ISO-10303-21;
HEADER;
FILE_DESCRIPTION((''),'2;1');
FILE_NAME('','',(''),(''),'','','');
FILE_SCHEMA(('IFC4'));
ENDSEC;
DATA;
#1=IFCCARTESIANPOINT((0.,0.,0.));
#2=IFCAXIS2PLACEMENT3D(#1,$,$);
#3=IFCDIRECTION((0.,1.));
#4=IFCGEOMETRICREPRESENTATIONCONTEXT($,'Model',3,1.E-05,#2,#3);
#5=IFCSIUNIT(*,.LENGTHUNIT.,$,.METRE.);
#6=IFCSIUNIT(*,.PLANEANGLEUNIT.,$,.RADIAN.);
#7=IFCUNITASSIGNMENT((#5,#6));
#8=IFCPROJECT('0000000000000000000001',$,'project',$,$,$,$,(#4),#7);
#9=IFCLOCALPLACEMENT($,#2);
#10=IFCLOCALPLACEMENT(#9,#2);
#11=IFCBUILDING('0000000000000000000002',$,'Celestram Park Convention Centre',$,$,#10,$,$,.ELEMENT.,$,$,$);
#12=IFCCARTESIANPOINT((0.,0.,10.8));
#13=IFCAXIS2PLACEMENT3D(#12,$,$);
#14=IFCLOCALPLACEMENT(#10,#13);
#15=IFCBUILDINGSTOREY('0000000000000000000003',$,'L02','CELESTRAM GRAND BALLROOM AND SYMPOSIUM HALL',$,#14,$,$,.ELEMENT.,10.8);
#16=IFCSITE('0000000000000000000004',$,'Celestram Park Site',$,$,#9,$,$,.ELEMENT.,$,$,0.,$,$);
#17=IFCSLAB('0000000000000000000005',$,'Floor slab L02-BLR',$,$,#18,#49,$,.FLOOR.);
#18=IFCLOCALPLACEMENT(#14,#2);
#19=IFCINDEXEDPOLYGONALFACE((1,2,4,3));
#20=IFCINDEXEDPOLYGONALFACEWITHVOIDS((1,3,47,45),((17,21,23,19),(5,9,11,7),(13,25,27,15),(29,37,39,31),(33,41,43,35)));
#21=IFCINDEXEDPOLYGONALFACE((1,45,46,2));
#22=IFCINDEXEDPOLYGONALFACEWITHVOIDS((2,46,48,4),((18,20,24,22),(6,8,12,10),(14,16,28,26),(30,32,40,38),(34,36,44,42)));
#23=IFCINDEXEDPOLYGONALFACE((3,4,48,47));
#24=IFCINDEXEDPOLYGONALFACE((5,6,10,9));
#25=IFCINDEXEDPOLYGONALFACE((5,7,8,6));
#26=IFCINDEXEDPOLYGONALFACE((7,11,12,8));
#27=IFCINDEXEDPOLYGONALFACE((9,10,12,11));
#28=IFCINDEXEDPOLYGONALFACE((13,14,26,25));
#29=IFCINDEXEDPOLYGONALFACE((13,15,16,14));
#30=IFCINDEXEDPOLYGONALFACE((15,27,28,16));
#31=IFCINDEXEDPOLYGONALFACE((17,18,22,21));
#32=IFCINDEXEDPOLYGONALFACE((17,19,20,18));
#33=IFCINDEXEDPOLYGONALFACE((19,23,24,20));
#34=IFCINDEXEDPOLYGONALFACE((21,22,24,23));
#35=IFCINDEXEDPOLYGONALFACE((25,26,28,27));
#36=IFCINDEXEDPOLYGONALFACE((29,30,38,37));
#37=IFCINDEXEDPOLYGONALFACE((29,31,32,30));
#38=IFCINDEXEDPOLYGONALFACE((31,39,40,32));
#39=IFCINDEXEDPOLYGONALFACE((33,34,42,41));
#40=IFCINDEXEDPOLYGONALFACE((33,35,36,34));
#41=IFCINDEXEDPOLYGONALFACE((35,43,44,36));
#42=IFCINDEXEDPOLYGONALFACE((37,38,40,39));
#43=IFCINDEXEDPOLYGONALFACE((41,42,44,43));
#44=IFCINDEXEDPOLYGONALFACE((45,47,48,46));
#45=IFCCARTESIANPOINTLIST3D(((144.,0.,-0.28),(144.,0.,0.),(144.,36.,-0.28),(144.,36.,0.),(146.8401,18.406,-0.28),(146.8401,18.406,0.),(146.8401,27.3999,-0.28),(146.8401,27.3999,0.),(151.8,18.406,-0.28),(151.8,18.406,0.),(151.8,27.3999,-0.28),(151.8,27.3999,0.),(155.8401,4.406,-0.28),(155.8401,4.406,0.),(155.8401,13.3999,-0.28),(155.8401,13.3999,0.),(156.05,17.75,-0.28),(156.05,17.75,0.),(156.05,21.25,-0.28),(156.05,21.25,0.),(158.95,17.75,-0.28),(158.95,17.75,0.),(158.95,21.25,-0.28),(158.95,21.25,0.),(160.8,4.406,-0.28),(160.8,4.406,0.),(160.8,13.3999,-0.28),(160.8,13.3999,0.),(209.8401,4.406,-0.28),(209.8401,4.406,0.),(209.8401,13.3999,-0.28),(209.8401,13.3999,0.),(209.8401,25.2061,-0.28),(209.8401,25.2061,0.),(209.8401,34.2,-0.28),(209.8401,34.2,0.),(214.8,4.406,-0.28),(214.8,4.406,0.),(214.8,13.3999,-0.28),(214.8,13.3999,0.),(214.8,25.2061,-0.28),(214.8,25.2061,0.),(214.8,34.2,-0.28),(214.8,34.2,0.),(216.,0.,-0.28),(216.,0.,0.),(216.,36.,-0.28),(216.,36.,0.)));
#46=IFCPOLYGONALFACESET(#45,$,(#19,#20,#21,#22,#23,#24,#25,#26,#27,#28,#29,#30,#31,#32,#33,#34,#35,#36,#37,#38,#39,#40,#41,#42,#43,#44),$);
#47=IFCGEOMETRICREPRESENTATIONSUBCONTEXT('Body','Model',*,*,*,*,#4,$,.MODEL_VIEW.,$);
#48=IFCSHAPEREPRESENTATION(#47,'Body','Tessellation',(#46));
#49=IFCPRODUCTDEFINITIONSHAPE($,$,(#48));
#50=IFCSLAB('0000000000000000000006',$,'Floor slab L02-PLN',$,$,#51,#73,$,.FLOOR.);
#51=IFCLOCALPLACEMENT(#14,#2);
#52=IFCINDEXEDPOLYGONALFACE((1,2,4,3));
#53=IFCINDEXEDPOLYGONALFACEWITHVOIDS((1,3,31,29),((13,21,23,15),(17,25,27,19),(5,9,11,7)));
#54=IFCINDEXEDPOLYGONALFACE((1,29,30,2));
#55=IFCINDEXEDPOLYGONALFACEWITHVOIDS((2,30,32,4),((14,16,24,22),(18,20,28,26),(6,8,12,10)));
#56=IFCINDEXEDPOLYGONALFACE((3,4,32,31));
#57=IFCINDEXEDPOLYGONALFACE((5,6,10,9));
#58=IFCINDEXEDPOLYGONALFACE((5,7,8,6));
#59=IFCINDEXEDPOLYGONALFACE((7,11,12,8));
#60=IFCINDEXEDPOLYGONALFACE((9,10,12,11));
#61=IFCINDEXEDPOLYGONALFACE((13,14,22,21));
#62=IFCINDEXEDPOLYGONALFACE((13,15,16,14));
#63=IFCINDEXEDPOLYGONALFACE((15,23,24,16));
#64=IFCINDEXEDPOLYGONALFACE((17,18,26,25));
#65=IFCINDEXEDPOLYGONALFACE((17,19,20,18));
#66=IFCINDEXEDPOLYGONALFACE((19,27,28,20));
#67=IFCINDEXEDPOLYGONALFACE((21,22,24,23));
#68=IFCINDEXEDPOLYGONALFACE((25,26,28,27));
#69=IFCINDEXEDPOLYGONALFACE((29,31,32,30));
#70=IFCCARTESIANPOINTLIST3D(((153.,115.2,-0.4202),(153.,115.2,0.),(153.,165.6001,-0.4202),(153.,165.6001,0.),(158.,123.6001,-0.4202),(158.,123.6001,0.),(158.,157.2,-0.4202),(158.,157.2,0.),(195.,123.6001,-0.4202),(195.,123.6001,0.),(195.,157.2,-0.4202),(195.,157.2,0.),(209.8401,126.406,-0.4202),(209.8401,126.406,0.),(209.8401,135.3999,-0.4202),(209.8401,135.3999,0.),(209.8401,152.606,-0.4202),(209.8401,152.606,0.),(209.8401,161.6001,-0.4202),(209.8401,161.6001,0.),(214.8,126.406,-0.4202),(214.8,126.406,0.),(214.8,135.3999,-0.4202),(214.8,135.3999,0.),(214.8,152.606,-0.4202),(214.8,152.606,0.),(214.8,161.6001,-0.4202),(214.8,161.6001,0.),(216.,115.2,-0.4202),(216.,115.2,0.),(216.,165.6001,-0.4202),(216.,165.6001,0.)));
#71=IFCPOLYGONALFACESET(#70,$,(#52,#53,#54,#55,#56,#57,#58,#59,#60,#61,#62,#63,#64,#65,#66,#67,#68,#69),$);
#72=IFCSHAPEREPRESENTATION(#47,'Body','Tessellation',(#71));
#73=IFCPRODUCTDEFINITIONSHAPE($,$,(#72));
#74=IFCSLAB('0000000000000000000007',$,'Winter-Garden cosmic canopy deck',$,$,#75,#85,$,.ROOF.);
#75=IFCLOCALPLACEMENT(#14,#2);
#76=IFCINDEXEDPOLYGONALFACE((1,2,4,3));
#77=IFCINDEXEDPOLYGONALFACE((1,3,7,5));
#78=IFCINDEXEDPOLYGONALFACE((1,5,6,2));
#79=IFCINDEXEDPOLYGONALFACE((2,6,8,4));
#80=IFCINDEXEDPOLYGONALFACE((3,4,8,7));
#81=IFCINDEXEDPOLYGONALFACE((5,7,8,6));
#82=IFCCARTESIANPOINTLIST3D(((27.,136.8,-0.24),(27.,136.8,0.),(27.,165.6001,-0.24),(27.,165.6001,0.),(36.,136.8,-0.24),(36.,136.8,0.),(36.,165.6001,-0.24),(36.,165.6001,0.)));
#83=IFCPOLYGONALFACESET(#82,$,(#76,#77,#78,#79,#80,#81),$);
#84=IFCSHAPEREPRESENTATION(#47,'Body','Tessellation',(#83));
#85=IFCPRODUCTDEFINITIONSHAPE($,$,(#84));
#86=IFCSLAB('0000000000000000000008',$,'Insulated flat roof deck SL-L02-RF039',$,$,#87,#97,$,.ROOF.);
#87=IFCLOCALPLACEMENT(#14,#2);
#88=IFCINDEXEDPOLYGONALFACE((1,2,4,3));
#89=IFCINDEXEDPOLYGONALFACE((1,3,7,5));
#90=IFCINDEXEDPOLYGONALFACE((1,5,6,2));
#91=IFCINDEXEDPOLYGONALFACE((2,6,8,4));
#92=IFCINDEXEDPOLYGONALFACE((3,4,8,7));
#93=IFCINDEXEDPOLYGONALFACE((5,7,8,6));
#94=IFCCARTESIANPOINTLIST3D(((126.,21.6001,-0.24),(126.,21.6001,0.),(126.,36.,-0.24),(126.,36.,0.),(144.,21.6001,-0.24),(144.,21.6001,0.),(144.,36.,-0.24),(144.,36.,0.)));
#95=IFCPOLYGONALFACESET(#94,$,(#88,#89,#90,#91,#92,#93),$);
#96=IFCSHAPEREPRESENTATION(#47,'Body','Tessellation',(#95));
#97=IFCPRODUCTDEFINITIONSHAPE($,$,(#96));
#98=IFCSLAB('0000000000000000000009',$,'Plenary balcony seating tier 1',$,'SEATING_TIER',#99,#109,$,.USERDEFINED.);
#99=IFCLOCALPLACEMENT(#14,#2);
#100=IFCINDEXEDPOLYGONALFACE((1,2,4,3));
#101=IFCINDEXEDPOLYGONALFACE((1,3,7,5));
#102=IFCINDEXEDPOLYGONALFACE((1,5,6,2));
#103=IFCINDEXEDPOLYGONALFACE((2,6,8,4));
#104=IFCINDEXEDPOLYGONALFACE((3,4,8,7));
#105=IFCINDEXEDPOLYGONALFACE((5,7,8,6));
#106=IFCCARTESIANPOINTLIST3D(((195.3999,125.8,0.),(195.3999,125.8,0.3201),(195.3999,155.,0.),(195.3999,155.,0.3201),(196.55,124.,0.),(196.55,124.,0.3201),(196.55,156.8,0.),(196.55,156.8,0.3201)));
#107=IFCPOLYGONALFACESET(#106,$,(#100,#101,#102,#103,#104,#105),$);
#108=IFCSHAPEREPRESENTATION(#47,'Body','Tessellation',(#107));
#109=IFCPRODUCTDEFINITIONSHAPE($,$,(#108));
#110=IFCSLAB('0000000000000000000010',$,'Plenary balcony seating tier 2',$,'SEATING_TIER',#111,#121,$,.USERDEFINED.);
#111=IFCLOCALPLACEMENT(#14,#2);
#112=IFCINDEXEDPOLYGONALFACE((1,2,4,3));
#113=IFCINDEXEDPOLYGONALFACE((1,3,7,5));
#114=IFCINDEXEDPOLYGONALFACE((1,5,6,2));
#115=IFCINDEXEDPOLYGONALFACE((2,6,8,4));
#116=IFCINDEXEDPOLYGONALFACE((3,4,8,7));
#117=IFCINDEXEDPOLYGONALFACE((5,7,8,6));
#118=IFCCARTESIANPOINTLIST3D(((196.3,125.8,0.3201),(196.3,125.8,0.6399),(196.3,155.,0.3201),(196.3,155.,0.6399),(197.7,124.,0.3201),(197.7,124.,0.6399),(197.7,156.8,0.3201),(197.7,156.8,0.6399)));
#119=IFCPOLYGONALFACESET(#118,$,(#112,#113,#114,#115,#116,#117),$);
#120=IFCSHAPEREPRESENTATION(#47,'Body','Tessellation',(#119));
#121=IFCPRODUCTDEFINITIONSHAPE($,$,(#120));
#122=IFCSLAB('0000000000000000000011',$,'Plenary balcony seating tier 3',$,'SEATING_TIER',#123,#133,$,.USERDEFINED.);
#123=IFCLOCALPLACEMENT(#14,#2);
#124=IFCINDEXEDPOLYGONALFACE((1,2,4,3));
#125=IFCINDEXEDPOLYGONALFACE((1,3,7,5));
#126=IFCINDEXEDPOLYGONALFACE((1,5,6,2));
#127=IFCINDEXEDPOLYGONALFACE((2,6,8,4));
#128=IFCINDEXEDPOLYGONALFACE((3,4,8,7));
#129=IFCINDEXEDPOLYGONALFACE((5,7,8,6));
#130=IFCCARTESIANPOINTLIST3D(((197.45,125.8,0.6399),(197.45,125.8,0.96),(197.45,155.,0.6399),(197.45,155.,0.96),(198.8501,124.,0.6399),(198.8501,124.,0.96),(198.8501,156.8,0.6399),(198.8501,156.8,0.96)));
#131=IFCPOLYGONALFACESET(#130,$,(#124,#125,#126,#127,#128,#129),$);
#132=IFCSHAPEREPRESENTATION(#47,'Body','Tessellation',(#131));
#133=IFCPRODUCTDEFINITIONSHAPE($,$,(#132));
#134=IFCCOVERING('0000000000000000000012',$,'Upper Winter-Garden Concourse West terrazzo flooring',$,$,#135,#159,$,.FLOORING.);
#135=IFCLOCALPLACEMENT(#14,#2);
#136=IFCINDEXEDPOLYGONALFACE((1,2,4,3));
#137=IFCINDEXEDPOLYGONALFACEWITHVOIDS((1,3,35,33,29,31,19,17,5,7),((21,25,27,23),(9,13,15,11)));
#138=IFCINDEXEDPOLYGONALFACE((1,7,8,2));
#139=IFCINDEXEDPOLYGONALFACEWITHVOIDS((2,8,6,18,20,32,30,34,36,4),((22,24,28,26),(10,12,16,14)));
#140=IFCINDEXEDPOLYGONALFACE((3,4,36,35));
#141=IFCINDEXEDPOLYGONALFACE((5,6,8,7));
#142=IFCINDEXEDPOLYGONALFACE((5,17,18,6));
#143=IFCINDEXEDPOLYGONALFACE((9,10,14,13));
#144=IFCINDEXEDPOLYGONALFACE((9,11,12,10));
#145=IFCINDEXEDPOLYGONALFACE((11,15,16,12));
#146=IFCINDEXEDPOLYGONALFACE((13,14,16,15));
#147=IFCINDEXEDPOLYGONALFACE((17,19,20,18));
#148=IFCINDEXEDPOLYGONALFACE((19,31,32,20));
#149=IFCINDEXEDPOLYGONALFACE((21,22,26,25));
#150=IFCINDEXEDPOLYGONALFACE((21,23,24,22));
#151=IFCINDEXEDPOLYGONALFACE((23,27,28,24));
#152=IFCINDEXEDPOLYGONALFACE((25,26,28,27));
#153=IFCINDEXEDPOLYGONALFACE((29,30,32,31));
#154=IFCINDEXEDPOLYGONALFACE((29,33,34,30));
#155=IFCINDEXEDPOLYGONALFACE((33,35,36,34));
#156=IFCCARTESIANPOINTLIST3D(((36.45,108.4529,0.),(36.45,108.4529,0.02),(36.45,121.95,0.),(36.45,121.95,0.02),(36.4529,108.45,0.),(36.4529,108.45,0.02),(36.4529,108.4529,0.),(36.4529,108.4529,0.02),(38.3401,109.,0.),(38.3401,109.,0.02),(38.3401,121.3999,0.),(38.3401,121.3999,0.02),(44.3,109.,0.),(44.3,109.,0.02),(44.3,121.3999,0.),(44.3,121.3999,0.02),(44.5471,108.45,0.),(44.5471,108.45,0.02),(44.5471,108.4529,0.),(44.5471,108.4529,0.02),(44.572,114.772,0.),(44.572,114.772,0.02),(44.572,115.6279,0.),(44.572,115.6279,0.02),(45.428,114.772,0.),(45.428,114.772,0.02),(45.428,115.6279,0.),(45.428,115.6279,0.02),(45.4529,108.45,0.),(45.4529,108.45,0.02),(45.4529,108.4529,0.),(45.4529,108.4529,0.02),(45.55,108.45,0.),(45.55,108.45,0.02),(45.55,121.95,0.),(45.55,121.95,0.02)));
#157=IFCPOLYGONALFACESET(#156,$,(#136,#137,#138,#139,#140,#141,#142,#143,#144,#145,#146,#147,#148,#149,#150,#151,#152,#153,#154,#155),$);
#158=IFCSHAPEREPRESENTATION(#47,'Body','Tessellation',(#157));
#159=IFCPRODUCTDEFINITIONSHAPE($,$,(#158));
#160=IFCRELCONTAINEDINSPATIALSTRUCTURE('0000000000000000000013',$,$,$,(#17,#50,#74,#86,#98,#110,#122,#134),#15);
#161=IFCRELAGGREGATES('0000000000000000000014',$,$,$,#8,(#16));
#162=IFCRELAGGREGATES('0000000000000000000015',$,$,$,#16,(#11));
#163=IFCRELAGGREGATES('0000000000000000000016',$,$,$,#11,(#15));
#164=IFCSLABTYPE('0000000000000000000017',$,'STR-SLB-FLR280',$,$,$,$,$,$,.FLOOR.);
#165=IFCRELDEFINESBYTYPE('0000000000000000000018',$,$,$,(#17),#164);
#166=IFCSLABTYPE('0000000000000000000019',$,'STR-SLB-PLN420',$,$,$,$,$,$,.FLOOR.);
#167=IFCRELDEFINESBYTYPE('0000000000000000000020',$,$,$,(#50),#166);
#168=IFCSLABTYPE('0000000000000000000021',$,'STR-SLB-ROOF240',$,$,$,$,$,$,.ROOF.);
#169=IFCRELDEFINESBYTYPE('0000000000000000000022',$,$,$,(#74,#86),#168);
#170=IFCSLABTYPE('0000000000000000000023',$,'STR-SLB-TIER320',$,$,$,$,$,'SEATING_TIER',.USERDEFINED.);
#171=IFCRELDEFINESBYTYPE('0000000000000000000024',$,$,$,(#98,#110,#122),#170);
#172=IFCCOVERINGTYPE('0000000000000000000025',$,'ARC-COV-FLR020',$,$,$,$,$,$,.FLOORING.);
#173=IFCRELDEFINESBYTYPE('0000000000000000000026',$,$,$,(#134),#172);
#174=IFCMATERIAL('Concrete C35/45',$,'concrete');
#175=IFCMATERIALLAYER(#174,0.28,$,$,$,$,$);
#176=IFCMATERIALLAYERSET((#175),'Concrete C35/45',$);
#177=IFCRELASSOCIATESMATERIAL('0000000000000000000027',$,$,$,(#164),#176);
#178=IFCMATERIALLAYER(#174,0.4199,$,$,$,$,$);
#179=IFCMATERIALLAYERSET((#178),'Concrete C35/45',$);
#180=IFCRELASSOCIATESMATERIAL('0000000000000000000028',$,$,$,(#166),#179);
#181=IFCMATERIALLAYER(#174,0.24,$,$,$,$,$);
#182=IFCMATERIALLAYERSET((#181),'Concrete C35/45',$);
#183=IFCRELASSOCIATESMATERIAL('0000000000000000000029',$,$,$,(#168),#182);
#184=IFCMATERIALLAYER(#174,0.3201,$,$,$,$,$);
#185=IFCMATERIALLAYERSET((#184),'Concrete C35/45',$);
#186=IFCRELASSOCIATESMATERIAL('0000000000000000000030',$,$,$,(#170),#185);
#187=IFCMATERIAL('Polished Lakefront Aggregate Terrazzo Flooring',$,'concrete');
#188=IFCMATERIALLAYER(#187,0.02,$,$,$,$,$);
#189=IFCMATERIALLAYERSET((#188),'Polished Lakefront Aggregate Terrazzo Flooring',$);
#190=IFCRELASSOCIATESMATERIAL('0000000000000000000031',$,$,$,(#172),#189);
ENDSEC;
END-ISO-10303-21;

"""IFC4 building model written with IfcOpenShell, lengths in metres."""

from ifc_helpers import new_model, si_unit, direction, frame, origin, place, context, subcontext, project, spatial, polyline, outline, extrude, material, layer, layer_set, type_object, element, save


model = new_model("IFC4")

# Units and contexts
model_context = context("Model", 3, precision=1e-05, world=origin(), true_north=direction((0.0, 1.0)))
body_context = subcontext(model_context, "Body", "Model", "MODEL_VIEW")
ifc_project = project(units=[si_unit("LENGTHUNIT", "METRE"), si_unit("PLANEANGLEUNIT", "RADIAN")], contexts=[model_context])

# Site, building, storey
site_placement = place(None, origin())
site = spatial("IfcSite", under=ifc_project, at=site_placement, Name="Celestram Park Site", CompositionType="ELEMENT", RefElevation=0.0)
building_placement = place(site_placement, origin())
building = spatial("IfcBuilding", under=site, at=building_placement, Name="Celestram Park Convention Centre", CompositionType="ELEMENT")
storey_placement = place(building_placement, frame((0.0, 0.0, 10.8)))
storey = spatial("IfcBuildingStorey", under=building, at=storey_placement, Name="L02", Description="CELESTRAM GRAND BALLROOM AND SYMPOSIUM HALL", CompositionType="ELEMENT", Elevation=10.8)

# Slabs
ifc_material_1 = material(Name="Concrete C35/45", Category="concrete")
ifc_layer_1 = layer(ifc_material_1, 0.28)
ifc_layer_set_1 = layer_set([ifc_layer_1], Name="Concrete C35/45")
slab_type_1 = type_object("IfcSlabType", Name="STR-SLB-FLR280", PredefinedType="FLOOR", material=ifc_layer_set_1)
slab_1_placement = place(storey_placement, frame((0.0, 0.0, -0.28)))
element("IfcSlab", 1, at=slab_1_placement, inside=storey, type_object=slab_type_1, Name="Floor slab L02-BLR", PredefinedType="FLOOR", context=body_context, shape_type="SweptSolid", body=[
    extrude(outline(polyline([(144.0, 0.0), (144.0, 36.0), (216.0, 36.0), (216.0, 0.0), (144.0, 0.0)]), holes=[polyline([(160.8, 4.406), (160.8, 13.3999), (155.8401, 13.3999), (155.8401, 4.406), (160.8, 4.406)]), polyline([(214.8, 4.406), (214.8, 13.3999), (209.8401, 13.3999), (209.8401, 4.406), (214.8, 4.406)]), polyline([(156.05, 17.75), (158.95, 17.75), (158.95, 21.25), (156.05, 21.25), (156.05, 17.75)]), polyline([(151.8, 18.406), (151.8, 27.3999), (146.8401, 27.3999), (146.8401, 18.406), (151.8, 18.406)]), polyline([(214.8, 25.2061), (214.8, 34.2), (209.8401, 34.2), (209.8401, 25.2061), (214.8, 25.2061)])]), origin(), (0.0, 0.0, 1.0), 0.28),
])
ifc_layer_2 = layer(ifc_material_1, 0.4199)
ifc_layer_set_2 = layer_set([ifc_layer_2], Name="Concrete C35/45")
slab_type_2 = type_object("IfcSlabType", Name="STR-SLB-PLN420", PredefinedType="FLOOR", material=ifc_layer_set_2)
slab_2_placement = place(storey_placement, frame((0.0, 0.0, -0.4202)))
element("IfcSlab", 2, at=slab_2_placement, inside=storey, type_object=slab_type_2, Name="Floor slab L02-PLN", PredefinedType="FLOOR", context=body_context, shape_type="SweptSolid", body=[
    extrude(outline(polyline([(153.0, 115.2), (153.0, 165.6001), (216.0, 165.6001), (216.0, 115.2), (153.0, 115.2)]), holes=[polyline([(214.8, 126.406), (214.8, 135.3999), (209.8401, 135.3999), (209.8401, 126.406), (214.8, 126.406)]), polyline([(195.0, 123.6001), (195.0, 157.2), (158.0, 157.2), (158.0, 123.6001), (195.0, 123.6001)]), polyline([(214.8, 152.606), (214.8, 161.6001), (209.8401, 161.6001), (209.8401, 152.606), (214.8, 152.606)])]), origin(), (0.0, 0.0, 1.0), 0.4202),
])
ifc_layer_3 = layer(ifc_material_1, 0.24)
ifc_layer_set_3 = layer_set([ifc_layer_3], Name="Concrete C35/45")
slab_type_3 = type_object("IfcSlabType", Name="STR-SLB-ROOF240", PredefinedType="ROOF", material=ifc_layer_set_3)
slab_3_placement = place(storey_placement, frame((0.0, 0.0, -0.24)))
element("IfcSlab", 3, at=slab_3_placement, inside=storey, type_object=slab_type_3, Name="Winter-Garden cosmic canopy deck", PredefinedType="ROOF", context=body_context, shape_type="SweptSolid", body=[
    extrude(outline(polyline([(27.0, 136.8), (36.0, 136.8), (36.0, 165.6001), (27.0, 165.6001), (27.0, 136.8)])), origin(), (0.0, 0.0, 1.0), 0.24),
])
slab_4_placement = place(storey_placement, frame((0.0, 0.0, -0.24)))
element("IfcSlab", 4, at=slab_4_placement, inside=storey, type_object=slab_type_3, Name="Insulated flat roof deck SL-L02-RF039", PredefinedType="ROOF", context=body_context, shape_type="SweptSolid", body=[
    extrude(outline(polyline([(126.0, 36.0), (144.0, 36.0), (144.0, 21.6001), (126.0, 21.6001), (126.0, 36.0)])), origin(), (0.0, 0.0, 1.0), 0.24),
])
ifc_layer_4 = layer(ifc_material_1, 0.3201)
ifc_layer_set_4 = layer_set([ifc_layer_4], Name="Concrete C35/45")
slab_type_4 = type_object("IfcSlabType", Name="STR-SLB-TIER320", ElementType="SEATING_TIER", PredefinedType="USERDEFINED", material=ifc_layer_set_4)
slab_5_placement = place(storey_placement, origin())
element("IfcSlab", 5, at=slab_5_placement, inside=storey, type_object=slab_type_4, Name="Plenary balcony seating tier 1", ObjectType="SEATING_TIER", PredefinedType="USERDEFINED", context=body_context, shape_type="SweptSolid", body=[
    extrude(outline(polyline([(195.3999, 125.8), (196.55, 124.0), (196.55, 156.8), (195.3999, 155.0), (195.3999, 125.8)])), origin(), (0.0, 0.0, 1.0), 0.3201),
])
slab_6_placement = place(storey_placement, frame((0.0, 0.0, 0.3201)))
element("IfcSlab", 6, at=slab_6_placement, inside=storey, type_object=slab_type_4, Name="Plenary balcony seating tier 2", ObjectType="SEATING_TIER", PredefinedType="USERDEFINED", context=body_context, shape_type="SweptSolid", body=[
    extrude(outline(polyline([(196.3, 125.8), (197.7, 124.0), (197.7, 156.8), (196.3, 155.0), (196.3, 125.8)])), origin(), (0.0, 0.0, 1.0), 0.3198),
])
slab_7_placement = place(storey_placement, frame((0.0, 0.0, 0.6399)))
element("IfcSlab", 7, at=slab_7_placement, inside=storey, type_object=slab_type_4, Name="Plenary balcony seating tier 3", ObjectType="SEATING_TIER", PredefinedType="USERDEFINED", context=body_context, shape_type="SweptSolid", body=[
    extrude(outline(polyline([(197.45, 125.8), (198.8501, 124.0), (198.8501, 156.8), (197.45, 155.0), (197.45, 125.8)])), origin(), (0.0, 0.0, 1.0), 0.3201),
])

# Covering
ifc_material_2 = material(Name="Polished Lakefront Aggregate Terrazzo Flooring", Category="concrete")
ifc_layer_5 = layer(ifc_material_2, 0.02)
ifc_layer_set_5 = layer_set([ifc_layer_5], Name="Polished Lakefront Aggregate Terrazzo Flooring")
covering_type_1 = type_object("IfcCoveringType", Name="ARC-COV-FLR020", PredefinedType="FLOORING", material=ifc_layer_set_5)
covering_1_placement = place(storey_placement, origin())
element("IfcCovering", 8, at=covering_1_placement, inside=storey, type_object=covering_type_1, Name="Upper Winter-Garden Concourse West terrazzo flooring", PredefinedType="FLOORING", context=body_context, shape_type="SweptSolid", body=[
    extrude(outline(polyline([(45.55, 121.95), (45.55, 108.45), (45.4529, 108.45), (45.4529, 108.4529), (44.5471, 108.4529), (44.5471, 108.45), (36.4529, 108.45), (36.4529, 108.4529), (36.45, 108.4529), (36.45, 121.95), (45.55, 121.95)]), holes=[polyline([(44.3, 121.3999), (38.3401, 121.3999), (38.3401, 109.0), (44.3, 109.0), (44.3, 121.3999)]), polyline([(45.428, 115.6279), (44.572, 115.6279), (44.572, 114.772), (45.428, 114.772), (45.428, 115.6279)])]), origin(), (0.0, 0.0, 1.0), 0.02),
])

save(model, "model.ifc")
